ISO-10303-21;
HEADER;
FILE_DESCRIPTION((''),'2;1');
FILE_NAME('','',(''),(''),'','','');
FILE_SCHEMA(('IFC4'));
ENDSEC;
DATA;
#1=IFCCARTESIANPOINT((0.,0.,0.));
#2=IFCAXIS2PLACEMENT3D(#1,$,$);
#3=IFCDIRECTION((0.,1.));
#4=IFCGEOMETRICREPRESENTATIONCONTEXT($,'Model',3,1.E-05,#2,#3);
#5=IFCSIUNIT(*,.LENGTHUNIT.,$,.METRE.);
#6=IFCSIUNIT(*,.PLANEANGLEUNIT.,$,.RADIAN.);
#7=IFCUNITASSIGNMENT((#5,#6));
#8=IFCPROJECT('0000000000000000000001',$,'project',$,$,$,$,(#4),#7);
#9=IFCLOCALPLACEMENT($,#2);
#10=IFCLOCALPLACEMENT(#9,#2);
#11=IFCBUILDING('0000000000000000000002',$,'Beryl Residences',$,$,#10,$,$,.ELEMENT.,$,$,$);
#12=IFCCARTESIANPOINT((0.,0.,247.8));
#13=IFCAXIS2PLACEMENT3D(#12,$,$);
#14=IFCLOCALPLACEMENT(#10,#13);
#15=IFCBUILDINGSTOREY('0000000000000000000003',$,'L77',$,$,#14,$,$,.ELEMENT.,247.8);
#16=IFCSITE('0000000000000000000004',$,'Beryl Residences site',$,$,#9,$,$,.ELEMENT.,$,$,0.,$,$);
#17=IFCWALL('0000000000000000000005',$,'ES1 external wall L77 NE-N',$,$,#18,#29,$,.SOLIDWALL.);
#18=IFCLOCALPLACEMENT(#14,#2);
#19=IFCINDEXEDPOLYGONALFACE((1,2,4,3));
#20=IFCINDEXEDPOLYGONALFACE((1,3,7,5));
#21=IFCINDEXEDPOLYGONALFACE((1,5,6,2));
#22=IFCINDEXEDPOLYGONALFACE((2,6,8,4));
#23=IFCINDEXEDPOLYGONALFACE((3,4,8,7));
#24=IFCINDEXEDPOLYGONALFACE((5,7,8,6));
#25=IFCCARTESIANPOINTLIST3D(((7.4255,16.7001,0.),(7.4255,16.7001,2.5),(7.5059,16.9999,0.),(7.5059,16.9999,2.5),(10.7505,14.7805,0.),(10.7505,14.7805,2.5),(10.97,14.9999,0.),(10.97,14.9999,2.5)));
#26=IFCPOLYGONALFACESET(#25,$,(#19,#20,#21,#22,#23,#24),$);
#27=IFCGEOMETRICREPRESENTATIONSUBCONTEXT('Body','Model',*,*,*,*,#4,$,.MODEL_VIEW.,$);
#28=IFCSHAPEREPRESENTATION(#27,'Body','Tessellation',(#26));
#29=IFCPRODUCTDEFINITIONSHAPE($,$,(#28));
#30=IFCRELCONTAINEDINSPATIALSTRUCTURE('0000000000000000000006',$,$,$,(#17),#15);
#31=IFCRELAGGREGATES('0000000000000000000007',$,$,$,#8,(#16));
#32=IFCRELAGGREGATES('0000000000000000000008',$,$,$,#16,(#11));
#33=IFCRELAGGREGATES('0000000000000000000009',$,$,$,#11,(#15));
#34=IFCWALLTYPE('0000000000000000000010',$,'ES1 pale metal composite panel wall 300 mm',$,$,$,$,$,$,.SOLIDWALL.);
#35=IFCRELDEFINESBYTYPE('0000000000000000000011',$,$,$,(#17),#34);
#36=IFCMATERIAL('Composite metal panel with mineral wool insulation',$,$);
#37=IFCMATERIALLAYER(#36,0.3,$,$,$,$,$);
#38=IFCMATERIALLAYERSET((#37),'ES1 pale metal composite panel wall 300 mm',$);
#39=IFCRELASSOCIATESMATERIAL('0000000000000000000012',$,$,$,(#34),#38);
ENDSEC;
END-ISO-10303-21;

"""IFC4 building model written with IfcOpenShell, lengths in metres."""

from ifc_helpers import new_model, si_unit, direction, frame, origin, place, context, subcontext, project, spatial, polyline, outline, extrude, material, layer, layer_set, type_object, element, save


model = new_model("IFC4")

# Units and contexts
model_context = context("Model", 3, precision=1e-05, world=origin(), true_north=direction((0.0, 1.0)))
body_context = subcontext(model_context, "Body", "Model", "MODEL_VIEW")
ifc_project = project(units=[si_unit("LENGTHUNIT", "METRE"), si_unit("PLANEANGLEUNIT", "RADIAN")], contexts=[model_context])

# Site, building, storey
site_placement = place(None, origin())
site = spatial("IfcSite", under=ifc_project, at=site_placement, Name="Beryl Residences site", CompositionType="ELEMENT", RefElevation=0.0)
building_placement = place(site_placement, origin())
building = spatial("IfcBuilding", under=site, at=building_placement, Name="Beryl Residences", CompositionType="ELEMENT")
storey_placement = place(building_placement, frame((0.0, 0.0, 247.8)))
storey = spatial("IfcBuildingStorey", under=building, at=storey_placement, Name="L77", CompositionType="ELEMENT", Elevation=247.8)

# Wall
ifc_material_1 = material(Name="Composite metal panel with mineral wool insulation")
ifc_layer_1 = layer(ifc_material_1, 0.3)
ifc_layer_set_1 = layer_set([ifc_layer_1], Name="ES1 pale metal composite panel wall 300 mm")
wall_type = type_object("IfcWallType", Name="ES1 pale metal composite panel wall 300 mm", PredefinedType="SOLIDWALL", material=ifc_layer_set_1)
wall_1_placement = place(storey_placement, frame((10.895, 14.8701, 0.0), z_axis=(0.0, 0.0, 1.0), x_axis=(-0.866026, 0.499999, 0.0)))
element("IfcWall", 1, at=wall_1_placement, inside=storey, type_object=wall_type, Name="ES1 external wall L77 NE-N", PredefinedType="SOLIDWALL", context=body_context, shape_type="SweptSolid", body=[
    extrude(outline(polyline([(0.0, -0.1499), (4.0, -0.1499), (3.9197, 0.1499), (0.0803, 0.1499), (0.0, -0.1499)])), origin(), (0.0, 0.0, 1.0), 2.5),
])

save(model, "model.ifc")
